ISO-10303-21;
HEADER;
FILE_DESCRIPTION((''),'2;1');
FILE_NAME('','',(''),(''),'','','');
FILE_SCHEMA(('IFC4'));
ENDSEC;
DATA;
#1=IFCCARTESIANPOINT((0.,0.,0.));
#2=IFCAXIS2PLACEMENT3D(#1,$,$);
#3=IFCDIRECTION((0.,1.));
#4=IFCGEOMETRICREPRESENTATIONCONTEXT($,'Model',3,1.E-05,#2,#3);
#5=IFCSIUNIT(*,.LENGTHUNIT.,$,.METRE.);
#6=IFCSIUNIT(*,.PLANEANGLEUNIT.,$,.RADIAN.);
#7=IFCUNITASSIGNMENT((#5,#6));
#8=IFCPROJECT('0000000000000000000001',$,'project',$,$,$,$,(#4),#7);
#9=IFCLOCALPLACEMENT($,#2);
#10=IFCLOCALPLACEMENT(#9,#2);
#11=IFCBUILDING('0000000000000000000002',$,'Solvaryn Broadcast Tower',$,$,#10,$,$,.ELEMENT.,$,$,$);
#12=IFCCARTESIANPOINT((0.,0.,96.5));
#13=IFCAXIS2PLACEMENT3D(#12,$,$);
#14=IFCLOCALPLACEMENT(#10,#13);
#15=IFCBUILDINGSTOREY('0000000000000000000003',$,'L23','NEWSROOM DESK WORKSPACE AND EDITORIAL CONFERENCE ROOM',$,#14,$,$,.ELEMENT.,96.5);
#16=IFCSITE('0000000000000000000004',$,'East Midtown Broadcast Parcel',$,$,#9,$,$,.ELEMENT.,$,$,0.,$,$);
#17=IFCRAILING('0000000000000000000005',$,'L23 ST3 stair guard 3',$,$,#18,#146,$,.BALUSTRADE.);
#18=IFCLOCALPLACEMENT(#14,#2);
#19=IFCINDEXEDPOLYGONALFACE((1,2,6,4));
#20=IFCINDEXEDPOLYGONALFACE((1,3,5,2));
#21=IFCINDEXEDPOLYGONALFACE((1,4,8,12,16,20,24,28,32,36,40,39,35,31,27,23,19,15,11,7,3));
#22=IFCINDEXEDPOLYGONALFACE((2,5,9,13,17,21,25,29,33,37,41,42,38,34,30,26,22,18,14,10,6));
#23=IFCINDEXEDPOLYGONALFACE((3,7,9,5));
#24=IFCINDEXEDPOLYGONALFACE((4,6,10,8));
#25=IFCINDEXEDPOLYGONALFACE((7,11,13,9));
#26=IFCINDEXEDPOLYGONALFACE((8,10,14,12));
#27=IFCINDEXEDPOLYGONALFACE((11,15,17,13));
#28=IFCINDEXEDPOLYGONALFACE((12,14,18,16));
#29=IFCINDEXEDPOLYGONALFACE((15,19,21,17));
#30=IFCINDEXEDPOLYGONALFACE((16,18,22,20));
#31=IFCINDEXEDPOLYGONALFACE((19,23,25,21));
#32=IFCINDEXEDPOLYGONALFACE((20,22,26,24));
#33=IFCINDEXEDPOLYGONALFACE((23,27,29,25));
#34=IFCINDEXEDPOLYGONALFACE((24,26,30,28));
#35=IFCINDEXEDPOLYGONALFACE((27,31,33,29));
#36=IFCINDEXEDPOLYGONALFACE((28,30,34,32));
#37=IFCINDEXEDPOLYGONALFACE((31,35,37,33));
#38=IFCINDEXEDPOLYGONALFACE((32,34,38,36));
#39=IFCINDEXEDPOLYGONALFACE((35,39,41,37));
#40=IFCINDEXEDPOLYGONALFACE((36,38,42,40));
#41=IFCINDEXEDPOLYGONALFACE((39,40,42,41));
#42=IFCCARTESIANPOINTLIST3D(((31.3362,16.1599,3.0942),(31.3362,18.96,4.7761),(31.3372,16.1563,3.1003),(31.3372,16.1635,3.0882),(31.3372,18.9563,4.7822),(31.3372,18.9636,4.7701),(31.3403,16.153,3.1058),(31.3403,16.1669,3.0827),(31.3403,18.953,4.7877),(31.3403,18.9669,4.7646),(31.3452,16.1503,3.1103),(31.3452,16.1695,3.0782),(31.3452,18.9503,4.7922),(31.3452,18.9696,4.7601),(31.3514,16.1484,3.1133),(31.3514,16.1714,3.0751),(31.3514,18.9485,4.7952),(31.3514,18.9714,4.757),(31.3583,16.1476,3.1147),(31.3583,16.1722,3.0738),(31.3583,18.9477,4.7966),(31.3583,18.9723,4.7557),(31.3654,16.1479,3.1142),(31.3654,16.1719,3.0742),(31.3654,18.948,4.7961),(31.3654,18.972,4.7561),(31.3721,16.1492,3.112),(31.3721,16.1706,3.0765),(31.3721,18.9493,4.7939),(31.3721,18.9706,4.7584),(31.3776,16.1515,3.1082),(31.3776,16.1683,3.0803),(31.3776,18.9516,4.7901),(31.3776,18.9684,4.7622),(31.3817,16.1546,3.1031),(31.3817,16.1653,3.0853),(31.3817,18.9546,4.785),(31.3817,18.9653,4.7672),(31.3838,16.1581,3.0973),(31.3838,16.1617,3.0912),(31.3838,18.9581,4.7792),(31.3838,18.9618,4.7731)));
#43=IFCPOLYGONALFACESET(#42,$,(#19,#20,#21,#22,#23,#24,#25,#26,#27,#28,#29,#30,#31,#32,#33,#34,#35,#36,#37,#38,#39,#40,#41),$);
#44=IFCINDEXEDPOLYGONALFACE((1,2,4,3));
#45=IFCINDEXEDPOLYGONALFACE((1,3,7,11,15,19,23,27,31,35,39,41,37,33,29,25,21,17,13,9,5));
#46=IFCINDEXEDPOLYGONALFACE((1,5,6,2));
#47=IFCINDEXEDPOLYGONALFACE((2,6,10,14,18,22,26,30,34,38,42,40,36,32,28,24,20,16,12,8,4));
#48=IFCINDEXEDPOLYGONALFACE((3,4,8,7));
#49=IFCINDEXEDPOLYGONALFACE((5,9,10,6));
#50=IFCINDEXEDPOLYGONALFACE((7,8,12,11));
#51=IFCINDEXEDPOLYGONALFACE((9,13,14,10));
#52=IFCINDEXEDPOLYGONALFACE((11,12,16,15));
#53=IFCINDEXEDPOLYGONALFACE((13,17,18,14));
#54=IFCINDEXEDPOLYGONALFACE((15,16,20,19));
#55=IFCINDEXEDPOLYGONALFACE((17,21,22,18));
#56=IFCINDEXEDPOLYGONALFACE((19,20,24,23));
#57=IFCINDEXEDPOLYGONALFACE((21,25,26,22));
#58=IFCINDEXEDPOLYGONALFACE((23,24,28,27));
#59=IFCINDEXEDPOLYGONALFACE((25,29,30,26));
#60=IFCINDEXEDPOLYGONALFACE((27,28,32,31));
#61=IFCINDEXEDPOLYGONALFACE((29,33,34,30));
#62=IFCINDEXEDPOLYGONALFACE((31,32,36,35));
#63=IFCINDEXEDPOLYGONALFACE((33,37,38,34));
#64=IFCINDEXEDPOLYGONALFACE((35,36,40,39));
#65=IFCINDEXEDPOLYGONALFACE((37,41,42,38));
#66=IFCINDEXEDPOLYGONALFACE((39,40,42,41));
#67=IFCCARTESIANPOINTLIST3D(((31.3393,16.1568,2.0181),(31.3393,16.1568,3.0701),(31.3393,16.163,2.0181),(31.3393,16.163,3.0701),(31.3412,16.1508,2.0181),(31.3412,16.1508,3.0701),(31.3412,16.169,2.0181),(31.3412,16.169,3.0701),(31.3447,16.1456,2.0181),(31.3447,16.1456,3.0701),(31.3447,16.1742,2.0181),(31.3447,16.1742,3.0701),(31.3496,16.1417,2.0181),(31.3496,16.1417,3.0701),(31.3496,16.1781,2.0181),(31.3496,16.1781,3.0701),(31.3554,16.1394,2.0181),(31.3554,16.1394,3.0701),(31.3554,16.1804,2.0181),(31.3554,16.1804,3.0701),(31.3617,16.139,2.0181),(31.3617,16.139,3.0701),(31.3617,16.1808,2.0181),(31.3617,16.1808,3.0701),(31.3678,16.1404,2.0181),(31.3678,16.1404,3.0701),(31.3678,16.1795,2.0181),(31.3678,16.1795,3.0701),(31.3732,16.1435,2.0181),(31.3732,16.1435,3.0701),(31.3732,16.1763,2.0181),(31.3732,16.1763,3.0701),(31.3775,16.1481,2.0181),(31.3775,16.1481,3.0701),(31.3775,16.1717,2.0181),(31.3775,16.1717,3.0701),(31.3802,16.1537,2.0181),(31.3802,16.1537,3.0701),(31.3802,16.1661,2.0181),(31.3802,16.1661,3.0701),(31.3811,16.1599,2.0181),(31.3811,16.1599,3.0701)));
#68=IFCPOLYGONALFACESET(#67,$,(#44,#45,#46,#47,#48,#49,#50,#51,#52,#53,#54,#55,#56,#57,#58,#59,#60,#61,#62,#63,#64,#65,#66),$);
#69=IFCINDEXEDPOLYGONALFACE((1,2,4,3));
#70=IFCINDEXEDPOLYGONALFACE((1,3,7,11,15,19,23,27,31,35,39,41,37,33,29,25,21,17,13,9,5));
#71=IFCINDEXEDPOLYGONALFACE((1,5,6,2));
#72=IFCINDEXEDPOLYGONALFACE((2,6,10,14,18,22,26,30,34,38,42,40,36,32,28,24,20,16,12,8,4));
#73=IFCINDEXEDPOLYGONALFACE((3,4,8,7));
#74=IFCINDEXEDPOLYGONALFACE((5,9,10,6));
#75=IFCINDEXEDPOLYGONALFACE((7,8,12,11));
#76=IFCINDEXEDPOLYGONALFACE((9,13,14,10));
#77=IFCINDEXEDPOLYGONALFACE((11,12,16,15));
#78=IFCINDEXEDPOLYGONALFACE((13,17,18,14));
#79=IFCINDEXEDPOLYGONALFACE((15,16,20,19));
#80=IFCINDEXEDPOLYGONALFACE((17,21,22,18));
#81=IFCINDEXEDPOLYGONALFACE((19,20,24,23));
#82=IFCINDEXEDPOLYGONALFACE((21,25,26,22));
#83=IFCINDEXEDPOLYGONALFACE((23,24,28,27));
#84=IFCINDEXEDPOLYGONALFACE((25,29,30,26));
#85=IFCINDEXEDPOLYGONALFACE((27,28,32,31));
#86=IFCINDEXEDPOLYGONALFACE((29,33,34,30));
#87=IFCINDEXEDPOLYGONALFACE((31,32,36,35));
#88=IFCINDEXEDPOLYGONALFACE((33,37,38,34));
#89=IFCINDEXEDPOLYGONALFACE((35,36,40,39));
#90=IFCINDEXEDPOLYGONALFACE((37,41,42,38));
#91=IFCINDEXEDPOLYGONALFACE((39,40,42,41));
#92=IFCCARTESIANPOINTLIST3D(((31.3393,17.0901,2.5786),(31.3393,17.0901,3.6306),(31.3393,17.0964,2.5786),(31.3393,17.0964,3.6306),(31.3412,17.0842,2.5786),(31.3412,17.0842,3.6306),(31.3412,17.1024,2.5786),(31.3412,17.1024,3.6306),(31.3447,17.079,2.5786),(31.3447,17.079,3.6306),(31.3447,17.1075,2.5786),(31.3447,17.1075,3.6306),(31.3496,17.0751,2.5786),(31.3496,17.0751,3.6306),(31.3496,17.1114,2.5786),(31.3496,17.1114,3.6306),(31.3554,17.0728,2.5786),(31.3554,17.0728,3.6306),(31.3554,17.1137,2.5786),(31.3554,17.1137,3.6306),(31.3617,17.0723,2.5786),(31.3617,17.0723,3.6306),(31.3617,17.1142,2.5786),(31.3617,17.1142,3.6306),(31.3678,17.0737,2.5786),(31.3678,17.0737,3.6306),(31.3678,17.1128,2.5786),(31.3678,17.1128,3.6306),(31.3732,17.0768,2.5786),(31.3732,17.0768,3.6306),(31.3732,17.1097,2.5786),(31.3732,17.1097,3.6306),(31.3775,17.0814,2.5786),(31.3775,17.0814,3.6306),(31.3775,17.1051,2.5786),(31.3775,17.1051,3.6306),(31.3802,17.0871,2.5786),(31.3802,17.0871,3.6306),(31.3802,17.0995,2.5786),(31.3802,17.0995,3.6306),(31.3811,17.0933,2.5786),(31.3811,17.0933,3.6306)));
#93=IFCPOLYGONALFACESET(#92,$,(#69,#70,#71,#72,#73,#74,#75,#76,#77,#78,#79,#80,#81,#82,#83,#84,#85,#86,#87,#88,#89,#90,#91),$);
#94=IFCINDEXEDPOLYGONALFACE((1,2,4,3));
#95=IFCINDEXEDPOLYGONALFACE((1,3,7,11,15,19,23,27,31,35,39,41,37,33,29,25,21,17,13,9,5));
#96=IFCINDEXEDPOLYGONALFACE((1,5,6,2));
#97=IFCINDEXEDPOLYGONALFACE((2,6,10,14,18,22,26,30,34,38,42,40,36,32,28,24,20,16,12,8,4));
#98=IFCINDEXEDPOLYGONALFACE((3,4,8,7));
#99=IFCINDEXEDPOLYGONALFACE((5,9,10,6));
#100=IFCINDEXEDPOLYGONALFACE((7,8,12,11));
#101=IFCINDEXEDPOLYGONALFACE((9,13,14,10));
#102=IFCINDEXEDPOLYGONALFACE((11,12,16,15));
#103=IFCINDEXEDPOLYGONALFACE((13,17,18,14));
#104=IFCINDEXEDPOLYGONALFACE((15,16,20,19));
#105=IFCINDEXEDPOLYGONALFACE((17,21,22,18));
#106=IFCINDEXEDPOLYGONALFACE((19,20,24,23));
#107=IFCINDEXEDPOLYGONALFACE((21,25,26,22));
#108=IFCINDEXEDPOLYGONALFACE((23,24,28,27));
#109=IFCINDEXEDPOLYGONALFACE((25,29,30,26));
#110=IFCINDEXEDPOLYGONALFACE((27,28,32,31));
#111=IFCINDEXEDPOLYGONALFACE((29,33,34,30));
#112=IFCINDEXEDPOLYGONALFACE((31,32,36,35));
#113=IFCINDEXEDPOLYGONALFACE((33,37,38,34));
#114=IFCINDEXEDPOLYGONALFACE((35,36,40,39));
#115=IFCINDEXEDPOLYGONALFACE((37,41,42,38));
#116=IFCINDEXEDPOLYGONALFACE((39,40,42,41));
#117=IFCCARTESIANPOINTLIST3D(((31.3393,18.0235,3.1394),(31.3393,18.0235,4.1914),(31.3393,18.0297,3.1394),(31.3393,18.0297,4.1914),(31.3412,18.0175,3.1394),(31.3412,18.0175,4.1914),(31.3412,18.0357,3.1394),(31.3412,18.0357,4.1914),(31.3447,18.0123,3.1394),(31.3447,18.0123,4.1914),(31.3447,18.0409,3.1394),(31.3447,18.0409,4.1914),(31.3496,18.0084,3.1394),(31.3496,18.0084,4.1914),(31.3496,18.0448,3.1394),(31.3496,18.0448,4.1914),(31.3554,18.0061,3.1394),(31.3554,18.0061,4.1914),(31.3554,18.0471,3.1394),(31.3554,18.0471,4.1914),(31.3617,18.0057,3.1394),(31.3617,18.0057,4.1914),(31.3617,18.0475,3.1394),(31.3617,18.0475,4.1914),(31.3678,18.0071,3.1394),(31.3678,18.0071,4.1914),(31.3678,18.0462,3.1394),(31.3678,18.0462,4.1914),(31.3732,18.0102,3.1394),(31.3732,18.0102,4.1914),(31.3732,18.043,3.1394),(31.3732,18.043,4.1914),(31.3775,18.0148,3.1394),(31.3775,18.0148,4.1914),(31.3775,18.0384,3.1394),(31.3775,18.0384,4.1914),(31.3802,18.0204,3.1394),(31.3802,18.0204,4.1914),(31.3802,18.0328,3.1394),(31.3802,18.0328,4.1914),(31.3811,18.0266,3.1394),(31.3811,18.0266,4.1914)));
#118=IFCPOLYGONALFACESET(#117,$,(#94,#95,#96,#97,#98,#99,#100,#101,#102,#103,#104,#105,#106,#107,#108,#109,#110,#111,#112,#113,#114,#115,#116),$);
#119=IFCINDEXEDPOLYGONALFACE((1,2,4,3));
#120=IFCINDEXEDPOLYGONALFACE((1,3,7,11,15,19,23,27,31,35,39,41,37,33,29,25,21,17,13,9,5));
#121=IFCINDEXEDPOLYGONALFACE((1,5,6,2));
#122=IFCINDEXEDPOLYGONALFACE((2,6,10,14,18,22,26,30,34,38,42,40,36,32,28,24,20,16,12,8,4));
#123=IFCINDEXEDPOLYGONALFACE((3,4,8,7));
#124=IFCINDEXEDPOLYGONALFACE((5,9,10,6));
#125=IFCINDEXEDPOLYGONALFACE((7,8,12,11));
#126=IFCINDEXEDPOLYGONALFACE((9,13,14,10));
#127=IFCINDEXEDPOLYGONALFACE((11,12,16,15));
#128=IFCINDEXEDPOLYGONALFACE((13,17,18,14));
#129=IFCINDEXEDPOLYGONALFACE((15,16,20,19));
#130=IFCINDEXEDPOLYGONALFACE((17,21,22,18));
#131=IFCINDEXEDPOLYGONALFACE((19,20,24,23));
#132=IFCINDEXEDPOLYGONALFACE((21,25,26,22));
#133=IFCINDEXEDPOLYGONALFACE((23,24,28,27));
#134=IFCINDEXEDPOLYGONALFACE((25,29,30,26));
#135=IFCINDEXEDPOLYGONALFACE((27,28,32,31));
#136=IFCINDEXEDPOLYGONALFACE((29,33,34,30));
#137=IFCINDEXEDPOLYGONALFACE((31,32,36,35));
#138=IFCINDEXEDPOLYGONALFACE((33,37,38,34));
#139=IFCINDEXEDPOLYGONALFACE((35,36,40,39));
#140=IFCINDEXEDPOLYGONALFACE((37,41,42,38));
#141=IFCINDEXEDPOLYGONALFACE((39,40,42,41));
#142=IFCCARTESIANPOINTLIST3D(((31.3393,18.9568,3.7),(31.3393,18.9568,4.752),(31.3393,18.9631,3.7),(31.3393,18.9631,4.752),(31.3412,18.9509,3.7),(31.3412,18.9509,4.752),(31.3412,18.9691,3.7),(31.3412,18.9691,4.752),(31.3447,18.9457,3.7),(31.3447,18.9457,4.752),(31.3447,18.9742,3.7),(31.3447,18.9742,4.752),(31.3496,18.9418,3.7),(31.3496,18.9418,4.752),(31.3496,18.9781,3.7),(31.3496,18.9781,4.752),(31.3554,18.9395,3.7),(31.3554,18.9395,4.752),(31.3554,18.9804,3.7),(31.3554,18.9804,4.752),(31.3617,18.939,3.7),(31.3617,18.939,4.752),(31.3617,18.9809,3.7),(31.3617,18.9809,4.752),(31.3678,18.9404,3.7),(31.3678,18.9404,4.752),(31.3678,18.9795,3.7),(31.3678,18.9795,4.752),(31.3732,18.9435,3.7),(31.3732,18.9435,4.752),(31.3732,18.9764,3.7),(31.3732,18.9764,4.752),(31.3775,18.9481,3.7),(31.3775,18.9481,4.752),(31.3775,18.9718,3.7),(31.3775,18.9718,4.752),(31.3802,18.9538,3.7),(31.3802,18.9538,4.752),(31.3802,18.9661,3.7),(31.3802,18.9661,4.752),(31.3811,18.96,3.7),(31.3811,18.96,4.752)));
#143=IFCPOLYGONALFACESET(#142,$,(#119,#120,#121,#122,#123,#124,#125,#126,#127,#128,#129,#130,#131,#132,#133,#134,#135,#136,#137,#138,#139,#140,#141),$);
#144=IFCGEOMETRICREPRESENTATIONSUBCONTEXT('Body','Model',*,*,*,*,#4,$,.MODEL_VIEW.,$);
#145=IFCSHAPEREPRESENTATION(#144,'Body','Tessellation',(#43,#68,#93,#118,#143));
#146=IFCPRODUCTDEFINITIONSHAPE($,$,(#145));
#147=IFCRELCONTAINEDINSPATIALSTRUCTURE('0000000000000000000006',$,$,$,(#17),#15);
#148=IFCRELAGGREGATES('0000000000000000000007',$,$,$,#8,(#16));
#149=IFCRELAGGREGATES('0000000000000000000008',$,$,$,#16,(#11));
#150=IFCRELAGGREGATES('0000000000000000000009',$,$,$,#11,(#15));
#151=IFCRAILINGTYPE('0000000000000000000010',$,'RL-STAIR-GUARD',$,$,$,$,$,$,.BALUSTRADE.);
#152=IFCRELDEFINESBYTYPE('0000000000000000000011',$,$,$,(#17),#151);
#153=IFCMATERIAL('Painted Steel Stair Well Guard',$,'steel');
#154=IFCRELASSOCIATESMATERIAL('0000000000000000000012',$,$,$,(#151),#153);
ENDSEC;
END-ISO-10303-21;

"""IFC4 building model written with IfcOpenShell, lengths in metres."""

from ifc_helpers import new_model, si_unit, direction, frame, origin, origin_2d, place, context, subcontext, project, spatial, circle, extrude, material, type_object, element, save


model = new_model("IFC4")

# Units and contexts
model_context = context("Model", 3, precision=1e-05, world=origin(), true_north=direction((0.0, 1.0)))
body_context = subcontext(model_context, "Body", "Model", "MODEL_VIEW")
ifc_project = project(units=[si_unit("LENGTHUNIT", "METRE"), si_unit("PLANEANGLEUNIT", "RADIAN")], contexts=[model_context])

# Site, building, storey
site_placement = place(None, origin())
site = spatial("IfcSite", under=ifc_project, at=site_placement, Name="East Midtown Broadcast Parcel", CompositionType="ELEMENT", RefElevation=0.0)
building_placement = place(site_placement, origin())
building = spatial("IfcBuilding", under=site, at=building_placement, Name="Solvaryn Broadcast Tower", CompositionType="ELEMENT")
storey_placement = place(building_placement, frame((0.0, 0.0, 96.5)))
storey = spatial("IfcBuildingStorey", under=building, at=storey_placement, Name="L23", Description="NEWSROOM DESK WORKSPACE AND EDITORIAL CONFERENCE ROOM", CompositionType="ELEMENT", Elevation=96.5)

# Railing
ifc_material_1 = material(Name="Painted Steel Stair Well Guard", Category="steel")
railing_type_1 = type_object("IfcRailingType", Name="RL-STAIR-GUARD", PredefinedType="BALUSTRADE", material=ifc_material_1)
railing_1_placement = place(storey_placement, frame((31.3601, 16.1599, 2.0181)))
element("IfcRailing", 1, at=railing_1_placement, inside=storey, type_object=railing_type_1, Name="L23 ST3 stair guard 3", PredefinedType="BALUSTRADE", context=body_context, shape_type="SweptSolid", body=[
    extrude(circle(Radius=0.0239, at=origin_2d()), frame((0.0, 0.0, 1.0762), z_axis=(0.0, 0.857242, 0.514913), x_axis=(-1.0, 0.0, 0.0)), (0.0, 0.0, 1.0), 3.2664),
    extrude(circle(Radius=0.021, at=origin_2d()), origin(), (0.0, 0.0, 1.0), 1.052),
    extrude(circle(Radius=0.021, at=origin_2d()), frame((0.0, 0.9333, 0.5605)), (0.0, 0.0, 1.0), 1.052),
    extrude(circle(Radius=0.021, at=origin_2d()), frame((0.0, 1.8667, 1.1213)), (0.0, 0.0, 1.0), 1.052),
    extrude(circle(Radius=0.021, at=origin_2d()), frame((0.0, 2.8, 1.6819)), (0.0, 0.0, 1.0), 1.052),
])

save(model, "model.ifc")
